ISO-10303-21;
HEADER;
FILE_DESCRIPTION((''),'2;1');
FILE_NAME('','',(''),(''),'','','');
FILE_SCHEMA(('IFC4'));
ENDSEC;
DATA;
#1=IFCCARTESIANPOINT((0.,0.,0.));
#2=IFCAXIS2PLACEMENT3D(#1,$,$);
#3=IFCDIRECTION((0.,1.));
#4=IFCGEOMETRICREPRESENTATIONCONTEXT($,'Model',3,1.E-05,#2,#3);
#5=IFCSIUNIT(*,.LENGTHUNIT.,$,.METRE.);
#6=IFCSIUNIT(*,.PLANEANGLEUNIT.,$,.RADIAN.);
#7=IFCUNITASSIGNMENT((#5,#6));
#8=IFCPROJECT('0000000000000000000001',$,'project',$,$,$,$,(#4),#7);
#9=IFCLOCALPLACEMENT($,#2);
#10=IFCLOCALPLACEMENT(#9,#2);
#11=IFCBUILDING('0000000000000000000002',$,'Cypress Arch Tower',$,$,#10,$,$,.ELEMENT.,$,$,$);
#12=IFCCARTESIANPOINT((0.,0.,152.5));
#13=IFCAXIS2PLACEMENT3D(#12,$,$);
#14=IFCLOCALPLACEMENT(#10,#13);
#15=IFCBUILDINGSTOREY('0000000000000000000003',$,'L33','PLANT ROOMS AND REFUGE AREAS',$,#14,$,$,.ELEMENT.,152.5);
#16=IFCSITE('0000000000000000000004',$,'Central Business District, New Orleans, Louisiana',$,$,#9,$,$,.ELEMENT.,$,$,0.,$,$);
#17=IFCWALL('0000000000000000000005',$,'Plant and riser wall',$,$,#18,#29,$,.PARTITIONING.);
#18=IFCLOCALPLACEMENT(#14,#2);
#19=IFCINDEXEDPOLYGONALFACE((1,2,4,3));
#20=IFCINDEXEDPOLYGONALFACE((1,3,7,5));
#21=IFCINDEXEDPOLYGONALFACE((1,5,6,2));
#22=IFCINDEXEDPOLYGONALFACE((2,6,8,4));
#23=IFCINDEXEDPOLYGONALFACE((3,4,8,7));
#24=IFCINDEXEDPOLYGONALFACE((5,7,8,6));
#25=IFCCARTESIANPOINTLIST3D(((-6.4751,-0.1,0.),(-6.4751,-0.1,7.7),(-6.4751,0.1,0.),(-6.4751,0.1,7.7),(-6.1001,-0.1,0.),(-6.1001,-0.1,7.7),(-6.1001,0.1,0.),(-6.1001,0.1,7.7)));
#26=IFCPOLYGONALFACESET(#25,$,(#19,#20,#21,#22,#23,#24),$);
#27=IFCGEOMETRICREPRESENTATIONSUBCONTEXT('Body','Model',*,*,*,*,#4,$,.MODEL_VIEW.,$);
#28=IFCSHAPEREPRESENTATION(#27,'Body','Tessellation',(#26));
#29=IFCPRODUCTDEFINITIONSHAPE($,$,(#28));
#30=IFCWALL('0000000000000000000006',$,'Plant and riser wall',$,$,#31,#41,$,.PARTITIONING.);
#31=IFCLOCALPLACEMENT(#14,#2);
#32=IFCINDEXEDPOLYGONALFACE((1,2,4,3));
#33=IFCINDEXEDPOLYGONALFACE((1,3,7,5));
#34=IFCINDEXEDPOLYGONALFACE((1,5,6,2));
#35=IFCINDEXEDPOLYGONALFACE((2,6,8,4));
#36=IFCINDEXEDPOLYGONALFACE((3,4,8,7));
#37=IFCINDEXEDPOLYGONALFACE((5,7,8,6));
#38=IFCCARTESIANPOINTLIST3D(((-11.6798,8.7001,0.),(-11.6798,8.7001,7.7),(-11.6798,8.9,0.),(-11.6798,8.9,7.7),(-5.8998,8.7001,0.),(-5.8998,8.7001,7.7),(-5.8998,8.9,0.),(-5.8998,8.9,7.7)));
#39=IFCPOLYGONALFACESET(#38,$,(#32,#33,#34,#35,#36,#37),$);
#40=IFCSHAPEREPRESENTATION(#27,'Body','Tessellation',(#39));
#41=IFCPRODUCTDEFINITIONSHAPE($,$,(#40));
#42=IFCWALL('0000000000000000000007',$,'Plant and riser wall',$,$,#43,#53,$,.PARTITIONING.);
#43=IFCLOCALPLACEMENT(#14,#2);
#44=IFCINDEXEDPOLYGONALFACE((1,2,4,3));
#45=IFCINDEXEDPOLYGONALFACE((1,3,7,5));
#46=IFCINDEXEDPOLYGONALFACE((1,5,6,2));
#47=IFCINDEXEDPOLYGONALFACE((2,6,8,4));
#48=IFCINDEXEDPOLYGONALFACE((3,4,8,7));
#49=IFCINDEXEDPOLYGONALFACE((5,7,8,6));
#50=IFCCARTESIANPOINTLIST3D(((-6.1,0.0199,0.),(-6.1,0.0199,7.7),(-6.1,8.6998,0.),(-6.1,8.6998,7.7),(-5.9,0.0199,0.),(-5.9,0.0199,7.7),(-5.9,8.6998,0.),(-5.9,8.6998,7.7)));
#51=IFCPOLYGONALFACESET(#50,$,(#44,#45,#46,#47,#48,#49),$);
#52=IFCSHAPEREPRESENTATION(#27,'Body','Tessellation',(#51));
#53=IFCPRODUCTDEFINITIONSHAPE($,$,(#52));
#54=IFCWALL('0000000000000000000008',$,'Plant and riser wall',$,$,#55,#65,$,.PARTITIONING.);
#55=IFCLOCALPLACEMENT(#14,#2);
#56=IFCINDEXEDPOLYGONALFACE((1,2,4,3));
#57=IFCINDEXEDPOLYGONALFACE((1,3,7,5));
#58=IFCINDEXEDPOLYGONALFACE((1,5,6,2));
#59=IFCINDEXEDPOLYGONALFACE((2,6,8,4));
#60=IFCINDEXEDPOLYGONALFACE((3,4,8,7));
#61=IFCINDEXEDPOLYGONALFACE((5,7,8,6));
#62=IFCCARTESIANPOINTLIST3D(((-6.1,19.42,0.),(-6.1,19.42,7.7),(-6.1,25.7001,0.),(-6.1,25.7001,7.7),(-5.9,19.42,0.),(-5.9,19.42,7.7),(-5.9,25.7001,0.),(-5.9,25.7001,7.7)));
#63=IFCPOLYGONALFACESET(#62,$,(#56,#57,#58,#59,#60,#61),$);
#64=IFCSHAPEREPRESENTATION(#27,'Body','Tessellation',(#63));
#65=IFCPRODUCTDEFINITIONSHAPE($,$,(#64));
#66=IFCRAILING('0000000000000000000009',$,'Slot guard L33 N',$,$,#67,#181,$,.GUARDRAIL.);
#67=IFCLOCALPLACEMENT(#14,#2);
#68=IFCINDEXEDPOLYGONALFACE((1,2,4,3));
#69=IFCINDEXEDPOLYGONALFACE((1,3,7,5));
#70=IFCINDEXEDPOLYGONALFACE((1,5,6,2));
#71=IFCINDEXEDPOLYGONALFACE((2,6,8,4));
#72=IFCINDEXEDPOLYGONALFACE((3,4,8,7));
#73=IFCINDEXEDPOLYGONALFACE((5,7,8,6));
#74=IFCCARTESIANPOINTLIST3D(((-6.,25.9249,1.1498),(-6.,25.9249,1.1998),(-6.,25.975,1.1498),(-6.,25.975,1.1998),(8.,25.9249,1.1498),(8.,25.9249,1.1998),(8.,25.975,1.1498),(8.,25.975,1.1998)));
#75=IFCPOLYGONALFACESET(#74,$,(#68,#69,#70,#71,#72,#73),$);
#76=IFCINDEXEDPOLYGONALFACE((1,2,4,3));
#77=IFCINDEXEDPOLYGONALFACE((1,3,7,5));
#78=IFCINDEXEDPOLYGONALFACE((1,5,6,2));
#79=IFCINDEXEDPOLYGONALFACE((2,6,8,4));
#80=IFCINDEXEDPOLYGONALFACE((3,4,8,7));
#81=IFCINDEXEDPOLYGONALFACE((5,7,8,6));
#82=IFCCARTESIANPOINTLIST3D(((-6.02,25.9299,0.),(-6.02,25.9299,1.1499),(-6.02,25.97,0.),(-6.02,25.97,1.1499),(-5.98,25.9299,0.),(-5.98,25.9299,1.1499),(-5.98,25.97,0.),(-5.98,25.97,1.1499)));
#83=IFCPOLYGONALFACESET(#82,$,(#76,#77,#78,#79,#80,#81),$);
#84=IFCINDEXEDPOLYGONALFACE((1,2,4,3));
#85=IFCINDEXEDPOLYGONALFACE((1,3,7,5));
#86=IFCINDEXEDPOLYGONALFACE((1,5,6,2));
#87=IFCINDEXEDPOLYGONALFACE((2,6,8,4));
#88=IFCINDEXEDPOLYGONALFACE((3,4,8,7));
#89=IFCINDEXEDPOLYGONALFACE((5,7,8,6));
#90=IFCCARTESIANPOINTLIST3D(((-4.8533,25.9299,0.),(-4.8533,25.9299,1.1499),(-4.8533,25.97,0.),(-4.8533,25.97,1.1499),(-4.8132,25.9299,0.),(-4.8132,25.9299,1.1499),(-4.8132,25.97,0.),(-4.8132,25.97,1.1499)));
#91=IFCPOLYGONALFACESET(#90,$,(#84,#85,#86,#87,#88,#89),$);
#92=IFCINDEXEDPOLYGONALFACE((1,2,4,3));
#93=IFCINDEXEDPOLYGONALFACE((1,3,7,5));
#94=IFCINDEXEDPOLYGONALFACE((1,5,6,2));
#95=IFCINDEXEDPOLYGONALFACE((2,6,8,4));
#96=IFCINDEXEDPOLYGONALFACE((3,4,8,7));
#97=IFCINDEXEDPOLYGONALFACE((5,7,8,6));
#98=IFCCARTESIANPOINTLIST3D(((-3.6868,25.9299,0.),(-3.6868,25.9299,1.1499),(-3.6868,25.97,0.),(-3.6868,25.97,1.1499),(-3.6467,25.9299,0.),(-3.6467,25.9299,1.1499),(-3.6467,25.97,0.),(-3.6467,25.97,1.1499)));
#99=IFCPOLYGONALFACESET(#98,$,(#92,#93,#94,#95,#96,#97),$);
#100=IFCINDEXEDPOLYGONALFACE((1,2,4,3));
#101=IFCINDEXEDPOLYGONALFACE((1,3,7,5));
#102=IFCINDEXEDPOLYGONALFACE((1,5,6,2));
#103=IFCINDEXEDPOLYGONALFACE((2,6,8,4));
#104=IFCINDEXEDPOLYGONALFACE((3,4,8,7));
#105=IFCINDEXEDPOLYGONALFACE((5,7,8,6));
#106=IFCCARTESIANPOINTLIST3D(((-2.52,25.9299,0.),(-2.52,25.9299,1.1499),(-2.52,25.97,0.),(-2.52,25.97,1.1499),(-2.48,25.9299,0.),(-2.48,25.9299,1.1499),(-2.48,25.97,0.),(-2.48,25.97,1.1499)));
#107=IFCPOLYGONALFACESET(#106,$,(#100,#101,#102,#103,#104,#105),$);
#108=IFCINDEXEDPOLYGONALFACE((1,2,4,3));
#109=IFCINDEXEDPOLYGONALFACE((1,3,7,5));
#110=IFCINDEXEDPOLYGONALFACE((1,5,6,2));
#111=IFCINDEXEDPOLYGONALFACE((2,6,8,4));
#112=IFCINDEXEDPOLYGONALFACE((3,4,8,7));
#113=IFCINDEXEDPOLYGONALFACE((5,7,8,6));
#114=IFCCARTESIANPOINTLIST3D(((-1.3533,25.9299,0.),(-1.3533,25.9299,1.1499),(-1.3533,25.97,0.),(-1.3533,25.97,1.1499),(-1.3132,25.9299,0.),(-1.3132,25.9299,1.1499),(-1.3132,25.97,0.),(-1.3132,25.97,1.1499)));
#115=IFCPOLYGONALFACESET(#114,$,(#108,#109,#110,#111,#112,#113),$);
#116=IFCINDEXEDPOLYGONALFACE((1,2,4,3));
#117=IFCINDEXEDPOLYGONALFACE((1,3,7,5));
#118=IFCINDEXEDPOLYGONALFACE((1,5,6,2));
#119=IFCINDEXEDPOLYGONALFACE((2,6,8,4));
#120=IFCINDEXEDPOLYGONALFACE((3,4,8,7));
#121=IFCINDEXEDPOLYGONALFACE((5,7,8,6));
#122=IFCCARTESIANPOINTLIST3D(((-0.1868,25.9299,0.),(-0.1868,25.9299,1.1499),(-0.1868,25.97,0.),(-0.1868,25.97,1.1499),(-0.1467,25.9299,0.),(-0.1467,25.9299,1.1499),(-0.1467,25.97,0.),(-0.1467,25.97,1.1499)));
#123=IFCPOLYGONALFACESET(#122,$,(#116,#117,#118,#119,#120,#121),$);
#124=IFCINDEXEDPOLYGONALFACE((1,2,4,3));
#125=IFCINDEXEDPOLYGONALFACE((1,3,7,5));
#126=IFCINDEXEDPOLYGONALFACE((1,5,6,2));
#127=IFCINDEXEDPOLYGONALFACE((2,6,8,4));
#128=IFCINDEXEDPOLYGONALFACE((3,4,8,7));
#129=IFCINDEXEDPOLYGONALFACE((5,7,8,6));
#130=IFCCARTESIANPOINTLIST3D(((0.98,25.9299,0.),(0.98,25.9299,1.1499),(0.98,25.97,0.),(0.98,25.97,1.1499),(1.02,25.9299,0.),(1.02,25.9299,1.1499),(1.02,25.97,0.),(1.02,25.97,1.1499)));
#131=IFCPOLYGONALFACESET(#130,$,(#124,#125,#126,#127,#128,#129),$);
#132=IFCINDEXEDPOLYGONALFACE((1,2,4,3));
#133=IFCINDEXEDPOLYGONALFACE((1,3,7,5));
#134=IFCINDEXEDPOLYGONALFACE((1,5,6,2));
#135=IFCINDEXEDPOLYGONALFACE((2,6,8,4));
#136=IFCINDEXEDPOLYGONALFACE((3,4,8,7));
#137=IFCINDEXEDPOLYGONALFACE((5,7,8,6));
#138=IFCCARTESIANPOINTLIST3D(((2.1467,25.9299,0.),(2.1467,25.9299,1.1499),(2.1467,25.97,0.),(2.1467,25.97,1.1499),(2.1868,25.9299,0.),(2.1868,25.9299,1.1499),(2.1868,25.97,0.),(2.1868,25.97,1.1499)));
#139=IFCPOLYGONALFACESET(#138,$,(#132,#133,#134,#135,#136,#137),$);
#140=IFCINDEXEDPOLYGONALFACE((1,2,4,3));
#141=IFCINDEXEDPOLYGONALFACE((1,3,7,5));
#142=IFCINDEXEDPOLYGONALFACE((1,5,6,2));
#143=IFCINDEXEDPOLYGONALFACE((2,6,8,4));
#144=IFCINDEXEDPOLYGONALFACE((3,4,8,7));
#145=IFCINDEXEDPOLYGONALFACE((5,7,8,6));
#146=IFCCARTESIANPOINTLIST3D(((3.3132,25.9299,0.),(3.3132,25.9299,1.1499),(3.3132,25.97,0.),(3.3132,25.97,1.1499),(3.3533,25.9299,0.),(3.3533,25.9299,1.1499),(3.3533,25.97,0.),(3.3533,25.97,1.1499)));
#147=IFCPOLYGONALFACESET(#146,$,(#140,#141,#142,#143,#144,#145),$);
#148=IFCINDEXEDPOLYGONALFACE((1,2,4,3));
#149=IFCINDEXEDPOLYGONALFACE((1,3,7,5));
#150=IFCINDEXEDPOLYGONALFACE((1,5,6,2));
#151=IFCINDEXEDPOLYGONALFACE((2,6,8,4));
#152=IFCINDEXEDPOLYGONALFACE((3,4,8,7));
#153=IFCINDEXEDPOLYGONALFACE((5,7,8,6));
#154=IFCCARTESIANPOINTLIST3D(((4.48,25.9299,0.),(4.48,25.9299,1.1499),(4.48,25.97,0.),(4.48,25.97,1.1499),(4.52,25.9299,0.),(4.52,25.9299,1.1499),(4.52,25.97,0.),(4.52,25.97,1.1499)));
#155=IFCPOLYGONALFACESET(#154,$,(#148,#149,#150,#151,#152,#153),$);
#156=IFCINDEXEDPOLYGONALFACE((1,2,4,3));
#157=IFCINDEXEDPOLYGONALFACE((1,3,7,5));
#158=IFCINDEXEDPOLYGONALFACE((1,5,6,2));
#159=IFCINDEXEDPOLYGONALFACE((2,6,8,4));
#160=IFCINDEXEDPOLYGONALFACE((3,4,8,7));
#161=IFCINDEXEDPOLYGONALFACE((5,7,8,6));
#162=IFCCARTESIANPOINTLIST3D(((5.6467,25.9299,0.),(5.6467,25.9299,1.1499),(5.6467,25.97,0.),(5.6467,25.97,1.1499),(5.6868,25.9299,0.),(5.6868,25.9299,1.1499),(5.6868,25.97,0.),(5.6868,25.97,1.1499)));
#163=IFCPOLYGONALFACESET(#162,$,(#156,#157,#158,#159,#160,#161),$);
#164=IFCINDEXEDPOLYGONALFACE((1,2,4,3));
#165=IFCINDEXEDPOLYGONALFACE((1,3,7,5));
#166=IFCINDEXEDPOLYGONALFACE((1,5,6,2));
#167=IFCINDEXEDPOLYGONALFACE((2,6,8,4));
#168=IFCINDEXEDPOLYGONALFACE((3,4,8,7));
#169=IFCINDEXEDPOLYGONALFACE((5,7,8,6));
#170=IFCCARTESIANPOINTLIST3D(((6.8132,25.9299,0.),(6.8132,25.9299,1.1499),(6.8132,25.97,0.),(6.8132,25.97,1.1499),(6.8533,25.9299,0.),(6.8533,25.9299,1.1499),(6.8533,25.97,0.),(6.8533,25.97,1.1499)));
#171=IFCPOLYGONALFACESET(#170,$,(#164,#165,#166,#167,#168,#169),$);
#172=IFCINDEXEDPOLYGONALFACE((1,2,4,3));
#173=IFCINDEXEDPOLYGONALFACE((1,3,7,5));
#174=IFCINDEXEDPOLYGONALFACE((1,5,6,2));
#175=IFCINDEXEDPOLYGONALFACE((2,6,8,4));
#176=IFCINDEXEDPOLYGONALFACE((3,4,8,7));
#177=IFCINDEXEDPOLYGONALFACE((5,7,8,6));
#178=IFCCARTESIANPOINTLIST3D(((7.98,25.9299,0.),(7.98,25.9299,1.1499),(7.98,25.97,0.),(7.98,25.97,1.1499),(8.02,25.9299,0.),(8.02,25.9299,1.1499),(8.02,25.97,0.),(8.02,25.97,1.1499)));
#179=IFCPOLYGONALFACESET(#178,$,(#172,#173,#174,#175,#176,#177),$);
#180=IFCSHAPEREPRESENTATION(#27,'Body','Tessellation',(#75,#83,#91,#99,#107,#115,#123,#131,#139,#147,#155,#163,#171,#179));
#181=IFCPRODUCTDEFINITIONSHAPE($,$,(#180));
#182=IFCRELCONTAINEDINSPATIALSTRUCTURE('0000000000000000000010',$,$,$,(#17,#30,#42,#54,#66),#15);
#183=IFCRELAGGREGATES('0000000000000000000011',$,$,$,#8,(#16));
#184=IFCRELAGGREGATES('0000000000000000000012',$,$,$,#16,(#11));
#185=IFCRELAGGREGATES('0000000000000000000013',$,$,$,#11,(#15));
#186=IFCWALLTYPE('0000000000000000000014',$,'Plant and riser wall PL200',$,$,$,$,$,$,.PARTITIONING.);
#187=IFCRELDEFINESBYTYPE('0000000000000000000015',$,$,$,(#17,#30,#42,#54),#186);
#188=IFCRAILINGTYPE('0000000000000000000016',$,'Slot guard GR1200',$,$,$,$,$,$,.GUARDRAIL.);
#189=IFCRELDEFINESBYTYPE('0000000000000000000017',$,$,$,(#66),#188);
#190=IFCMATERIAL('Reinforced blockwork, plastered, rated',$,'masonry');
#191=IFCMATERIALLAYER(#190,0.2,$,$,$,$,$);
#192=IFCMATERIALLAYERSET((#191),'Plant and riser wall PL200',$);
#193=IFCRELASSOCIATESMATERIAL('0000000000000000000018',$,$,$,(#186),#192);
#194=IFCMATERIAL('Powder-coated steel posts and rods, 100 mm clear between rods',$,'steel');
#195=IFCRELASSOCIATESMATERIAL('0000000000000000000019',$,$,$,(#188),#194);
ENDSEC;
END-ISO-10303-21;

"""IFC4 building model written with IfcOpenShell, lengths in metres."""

from ifc_helpers import new_model, si_unit, direction, frame, frame_2d, origin, origin_2d, place, context, subcontext, project, spatial, rectangle, extrude, material, layer, layer_set, type_object, element, save


model = new_model("IFC4")

# Units and contexts
model_context = context("Model", 3, precision=1e-05, world=origin(), true_north=direction((0.0, 1.0)))
body_context = subcontext(model_context, "Body", "Model", "MODEL_VIEW")
ifc_project = project(units=[si_unit("LENGTHUNIT", "METRE"), si_unit("PLANEANGLEUNIT", "RADIAN")], contexts=[model_context])

# Site, building, storey
site_placement = place(None, origin())
site = spatial("IfcSite", under=ifc_project, at=site_placement, Name="Central Business District, New Orleans, Louisiana", CompositionType="ELEMENT", RefElevation=0.0)
building_placement = place(site_placement, origin())
building = spatial("IfcBuilding", under=site, at=building_placement, Name="Cypress Arch Tower", CompositionType="ELEMENT")
storey_placement = place(building_placement, frame((0.0, 0.0, 152.5)))
storey = spatial("IfcBuildingStorey", under=building, at=storey_placement, Name="L33", Description="PLANT ROOMS AND REFUGE AREAS", CompositionType="ELEMENT", Elevation=152.5)

# Walls
ifc_material_1 = material(Name="Reinforced blockwork, plastered, rated", Category="masonry")
ifc_layer_1 = layer(ifc_material_1, 0.2)
ifc_layer_set_1 = layer_set([ifc_layer_1], Name="Plant and riser wall PL200")
wall_type_1 = type_object("IfcWallType", Name="Plant and riser wall PL200", PredefinedType="PARTITIONING", material=ifc_layer_set_1)
wall_1_placement = place(storey_placement, frame((-6.4751, 0.0, 0.0), z_axis=(0.0, 0.0, 1.0), x_axis=(1.0, 0.0, 0.0)))
element("IfcWall", 1, at=wall_1_placement, inside=storey, type_object=wall_type_1, Name="Plant and riser wall", PredefinedType="PARTITIONING", context=body_context, shape_type="SweptSolid", body=[
    extrude(rectangle(XDim=0.375, YDim=0.2, at=frame_2d((0.1875, 0.0))), origin(), (0.0, 0.0, 1.0), 7.7),
])
wall_2_placement = place(storey_placement, frame((-11.6799, 8.8, 0.0), z_axis=(0.0, 0.0, 1.0), x_axis=(1.0, 0.0, 0.0)))
element("IfcWall", 2, at=wall_2_placement, inside=storey, type_object=wall_type_1, Name="Plant and riser wall", PredefinedType="PARTITIONING", context=body_context, shape_type="SweptSolid", body=[
    extrude(rectangle(XDim=5.78, YDim=0.2, at=frame_2d((2.8901, 0.0))), origin(), (0.0, 0.0, 1.0), 7.7),
])
wall_3_placement = place(storey_placement, frame((-6.0, 0.02, 0.0), z_axis=(0.0, 0.0, 1.0), x_axis=(0.0, 1.0, 0.0)))
element("IfcWall", 3, at=wall_3_placement, inside=storey, type_object=wall_type_1, Name="Plant and riser wall", PredefinedType="PARTITIONING", context=body_context, shape_type="SweptSolid", body=[
    extrude(rectangle(XDim=8.6799, YDim=0.2, at=frame_2d((4.3398, 0.0))), origin(), (0.0, 0.0, 1.0), 7.7),
])
wall_4_placement = place(storey_placement, frame((-6.0, 19.4199, 0.0), z_axis=(0.0, 0.0, 1.0), x_axis=(0.0, 1.0, 0.0)))
element("IfcWall", 4, at=wall_4_placement, inside=storey, type_object=wall_type_1, Name="Plant and riser wall", PredefinedType="PARTITIONING", context=body_context, shape_type="SweptSolid", body=[
    extrude(rectangle(XDim=6.28, YDim=0.2, at=frame_2d((3.1401, 0.0))), origin(), (0.0, 0.0, 1.0), 7.7),
])

# Railing
ifc_material_2 = material(Name="Powder-coated steel posts and rods, 100 mm clear between rods", Category="steel")
railing_type = type_object("IfcRailingType", Name="Slot guard GR1200", PredefinedType="GUARDRAIL", material=ifc_material_2)
railing_placement = place(storey_placement, frame((-6.0, 25.95, 0.0)))
element("IfcRailing", 5, at=railing_placement, inside=storey, type_object=railing_type, Name="Slot guard L33 N", PredefinedType="GUARDRAIL", context=body_context, shape_type="SweptSolid", body=[
    extrude(rectangle(XDim=0.05, YDim=0.05, at=origin_2d()), frame((0.0, 0.0, 1.1748), z_axis=(1.0, 0.0, 0.0), x_axis=(0.0, 1.0, 0.0)), (0.0, 0.0, 1.0), 14.0),
    extrude(rectangle(XDim=0.04, YDim=0.04, at=origin_2d()), origin(), (0.0, 0.0, 1.0), 1.1499),
    extrude(rectangle(XDim=0.04, YDim=0.04, at=origin_2d()), frame((1.1667, 0.0, 0.0)), (0.0, 0.0, 1.0), 1.1499),
    extrude(rectangle(XDim=0.04, YDim=0.04, at=origin_2d()), frame((2.3333, 0.0, 0.0)), (0.0, 0.0, 1.0), 1.1499),
    extrude(rectangle(XDim=0.04, YDim=0.04, at=origin_2d()), frame((3.5, 0.0, 0.0)), (0.0, 0.0, 1.0), 1.1499),
    extrude(rectangle(XDim=0.04, YDim=0.04, at=origin_2d()), frame((4.6667, 0.0, 0.0)), (0.0, 0.0, 1.0), 1.1499),
    extrude(rectangle(XDim=0.04, YDim=0.04, at=origin_2d()), frame((5.8333, 0.0, 0.0)), (0.0, 0.0, 1.0), 1.1499),
    extrude(rectangle(XDim=0.04, YDim=0.04, at=origin_2d()), frame((7.0, 0.0, 0.0)), (0.0, 0.0, 1.0), 1.1499),
    extrude(rectangle(XDim=0.04, YDim=0.04, at=origin_2d()), frame((8.1667, 0.0, 0.0)), (0.0, 0.0, 1.0), 1.1499),
    extrude(rectangle(XDim=0.04, YDim=0.04, at=origin_2d()), frame((9.3333, 0.0, 0.0)), (0.0, 0.0, 1.0), 1.1499),
    extrude(rectangle(XDim=0.04, YDim=0.04, at=origin_2d()), frame((10.5, 0.0, 0.0)), (0.0, 0.0, 1.0), 1.1499),
    extrude(rectangle(XDim=0.04, YDim=0.04, at=origin_2d()), frame((11.6667, 0.0, 0.0)), (0.0, 0.0, 1.0), 1.1499),
    extrude(rectangle(XDim=0.04, YDim=0.04, at=origin_2d()), frame((12.8333, 0.0, 0.0)), (0.0, 0.0, 1.0), 1.1499),
    extrude(rectangle(XDim=0.04, YDim=0.04, at=origin_2d()), frame((14.0, 0.0, 0.0)), (0.0, 0.0, 1.0), 1.1499),
])

save(model, "model.ifc")
